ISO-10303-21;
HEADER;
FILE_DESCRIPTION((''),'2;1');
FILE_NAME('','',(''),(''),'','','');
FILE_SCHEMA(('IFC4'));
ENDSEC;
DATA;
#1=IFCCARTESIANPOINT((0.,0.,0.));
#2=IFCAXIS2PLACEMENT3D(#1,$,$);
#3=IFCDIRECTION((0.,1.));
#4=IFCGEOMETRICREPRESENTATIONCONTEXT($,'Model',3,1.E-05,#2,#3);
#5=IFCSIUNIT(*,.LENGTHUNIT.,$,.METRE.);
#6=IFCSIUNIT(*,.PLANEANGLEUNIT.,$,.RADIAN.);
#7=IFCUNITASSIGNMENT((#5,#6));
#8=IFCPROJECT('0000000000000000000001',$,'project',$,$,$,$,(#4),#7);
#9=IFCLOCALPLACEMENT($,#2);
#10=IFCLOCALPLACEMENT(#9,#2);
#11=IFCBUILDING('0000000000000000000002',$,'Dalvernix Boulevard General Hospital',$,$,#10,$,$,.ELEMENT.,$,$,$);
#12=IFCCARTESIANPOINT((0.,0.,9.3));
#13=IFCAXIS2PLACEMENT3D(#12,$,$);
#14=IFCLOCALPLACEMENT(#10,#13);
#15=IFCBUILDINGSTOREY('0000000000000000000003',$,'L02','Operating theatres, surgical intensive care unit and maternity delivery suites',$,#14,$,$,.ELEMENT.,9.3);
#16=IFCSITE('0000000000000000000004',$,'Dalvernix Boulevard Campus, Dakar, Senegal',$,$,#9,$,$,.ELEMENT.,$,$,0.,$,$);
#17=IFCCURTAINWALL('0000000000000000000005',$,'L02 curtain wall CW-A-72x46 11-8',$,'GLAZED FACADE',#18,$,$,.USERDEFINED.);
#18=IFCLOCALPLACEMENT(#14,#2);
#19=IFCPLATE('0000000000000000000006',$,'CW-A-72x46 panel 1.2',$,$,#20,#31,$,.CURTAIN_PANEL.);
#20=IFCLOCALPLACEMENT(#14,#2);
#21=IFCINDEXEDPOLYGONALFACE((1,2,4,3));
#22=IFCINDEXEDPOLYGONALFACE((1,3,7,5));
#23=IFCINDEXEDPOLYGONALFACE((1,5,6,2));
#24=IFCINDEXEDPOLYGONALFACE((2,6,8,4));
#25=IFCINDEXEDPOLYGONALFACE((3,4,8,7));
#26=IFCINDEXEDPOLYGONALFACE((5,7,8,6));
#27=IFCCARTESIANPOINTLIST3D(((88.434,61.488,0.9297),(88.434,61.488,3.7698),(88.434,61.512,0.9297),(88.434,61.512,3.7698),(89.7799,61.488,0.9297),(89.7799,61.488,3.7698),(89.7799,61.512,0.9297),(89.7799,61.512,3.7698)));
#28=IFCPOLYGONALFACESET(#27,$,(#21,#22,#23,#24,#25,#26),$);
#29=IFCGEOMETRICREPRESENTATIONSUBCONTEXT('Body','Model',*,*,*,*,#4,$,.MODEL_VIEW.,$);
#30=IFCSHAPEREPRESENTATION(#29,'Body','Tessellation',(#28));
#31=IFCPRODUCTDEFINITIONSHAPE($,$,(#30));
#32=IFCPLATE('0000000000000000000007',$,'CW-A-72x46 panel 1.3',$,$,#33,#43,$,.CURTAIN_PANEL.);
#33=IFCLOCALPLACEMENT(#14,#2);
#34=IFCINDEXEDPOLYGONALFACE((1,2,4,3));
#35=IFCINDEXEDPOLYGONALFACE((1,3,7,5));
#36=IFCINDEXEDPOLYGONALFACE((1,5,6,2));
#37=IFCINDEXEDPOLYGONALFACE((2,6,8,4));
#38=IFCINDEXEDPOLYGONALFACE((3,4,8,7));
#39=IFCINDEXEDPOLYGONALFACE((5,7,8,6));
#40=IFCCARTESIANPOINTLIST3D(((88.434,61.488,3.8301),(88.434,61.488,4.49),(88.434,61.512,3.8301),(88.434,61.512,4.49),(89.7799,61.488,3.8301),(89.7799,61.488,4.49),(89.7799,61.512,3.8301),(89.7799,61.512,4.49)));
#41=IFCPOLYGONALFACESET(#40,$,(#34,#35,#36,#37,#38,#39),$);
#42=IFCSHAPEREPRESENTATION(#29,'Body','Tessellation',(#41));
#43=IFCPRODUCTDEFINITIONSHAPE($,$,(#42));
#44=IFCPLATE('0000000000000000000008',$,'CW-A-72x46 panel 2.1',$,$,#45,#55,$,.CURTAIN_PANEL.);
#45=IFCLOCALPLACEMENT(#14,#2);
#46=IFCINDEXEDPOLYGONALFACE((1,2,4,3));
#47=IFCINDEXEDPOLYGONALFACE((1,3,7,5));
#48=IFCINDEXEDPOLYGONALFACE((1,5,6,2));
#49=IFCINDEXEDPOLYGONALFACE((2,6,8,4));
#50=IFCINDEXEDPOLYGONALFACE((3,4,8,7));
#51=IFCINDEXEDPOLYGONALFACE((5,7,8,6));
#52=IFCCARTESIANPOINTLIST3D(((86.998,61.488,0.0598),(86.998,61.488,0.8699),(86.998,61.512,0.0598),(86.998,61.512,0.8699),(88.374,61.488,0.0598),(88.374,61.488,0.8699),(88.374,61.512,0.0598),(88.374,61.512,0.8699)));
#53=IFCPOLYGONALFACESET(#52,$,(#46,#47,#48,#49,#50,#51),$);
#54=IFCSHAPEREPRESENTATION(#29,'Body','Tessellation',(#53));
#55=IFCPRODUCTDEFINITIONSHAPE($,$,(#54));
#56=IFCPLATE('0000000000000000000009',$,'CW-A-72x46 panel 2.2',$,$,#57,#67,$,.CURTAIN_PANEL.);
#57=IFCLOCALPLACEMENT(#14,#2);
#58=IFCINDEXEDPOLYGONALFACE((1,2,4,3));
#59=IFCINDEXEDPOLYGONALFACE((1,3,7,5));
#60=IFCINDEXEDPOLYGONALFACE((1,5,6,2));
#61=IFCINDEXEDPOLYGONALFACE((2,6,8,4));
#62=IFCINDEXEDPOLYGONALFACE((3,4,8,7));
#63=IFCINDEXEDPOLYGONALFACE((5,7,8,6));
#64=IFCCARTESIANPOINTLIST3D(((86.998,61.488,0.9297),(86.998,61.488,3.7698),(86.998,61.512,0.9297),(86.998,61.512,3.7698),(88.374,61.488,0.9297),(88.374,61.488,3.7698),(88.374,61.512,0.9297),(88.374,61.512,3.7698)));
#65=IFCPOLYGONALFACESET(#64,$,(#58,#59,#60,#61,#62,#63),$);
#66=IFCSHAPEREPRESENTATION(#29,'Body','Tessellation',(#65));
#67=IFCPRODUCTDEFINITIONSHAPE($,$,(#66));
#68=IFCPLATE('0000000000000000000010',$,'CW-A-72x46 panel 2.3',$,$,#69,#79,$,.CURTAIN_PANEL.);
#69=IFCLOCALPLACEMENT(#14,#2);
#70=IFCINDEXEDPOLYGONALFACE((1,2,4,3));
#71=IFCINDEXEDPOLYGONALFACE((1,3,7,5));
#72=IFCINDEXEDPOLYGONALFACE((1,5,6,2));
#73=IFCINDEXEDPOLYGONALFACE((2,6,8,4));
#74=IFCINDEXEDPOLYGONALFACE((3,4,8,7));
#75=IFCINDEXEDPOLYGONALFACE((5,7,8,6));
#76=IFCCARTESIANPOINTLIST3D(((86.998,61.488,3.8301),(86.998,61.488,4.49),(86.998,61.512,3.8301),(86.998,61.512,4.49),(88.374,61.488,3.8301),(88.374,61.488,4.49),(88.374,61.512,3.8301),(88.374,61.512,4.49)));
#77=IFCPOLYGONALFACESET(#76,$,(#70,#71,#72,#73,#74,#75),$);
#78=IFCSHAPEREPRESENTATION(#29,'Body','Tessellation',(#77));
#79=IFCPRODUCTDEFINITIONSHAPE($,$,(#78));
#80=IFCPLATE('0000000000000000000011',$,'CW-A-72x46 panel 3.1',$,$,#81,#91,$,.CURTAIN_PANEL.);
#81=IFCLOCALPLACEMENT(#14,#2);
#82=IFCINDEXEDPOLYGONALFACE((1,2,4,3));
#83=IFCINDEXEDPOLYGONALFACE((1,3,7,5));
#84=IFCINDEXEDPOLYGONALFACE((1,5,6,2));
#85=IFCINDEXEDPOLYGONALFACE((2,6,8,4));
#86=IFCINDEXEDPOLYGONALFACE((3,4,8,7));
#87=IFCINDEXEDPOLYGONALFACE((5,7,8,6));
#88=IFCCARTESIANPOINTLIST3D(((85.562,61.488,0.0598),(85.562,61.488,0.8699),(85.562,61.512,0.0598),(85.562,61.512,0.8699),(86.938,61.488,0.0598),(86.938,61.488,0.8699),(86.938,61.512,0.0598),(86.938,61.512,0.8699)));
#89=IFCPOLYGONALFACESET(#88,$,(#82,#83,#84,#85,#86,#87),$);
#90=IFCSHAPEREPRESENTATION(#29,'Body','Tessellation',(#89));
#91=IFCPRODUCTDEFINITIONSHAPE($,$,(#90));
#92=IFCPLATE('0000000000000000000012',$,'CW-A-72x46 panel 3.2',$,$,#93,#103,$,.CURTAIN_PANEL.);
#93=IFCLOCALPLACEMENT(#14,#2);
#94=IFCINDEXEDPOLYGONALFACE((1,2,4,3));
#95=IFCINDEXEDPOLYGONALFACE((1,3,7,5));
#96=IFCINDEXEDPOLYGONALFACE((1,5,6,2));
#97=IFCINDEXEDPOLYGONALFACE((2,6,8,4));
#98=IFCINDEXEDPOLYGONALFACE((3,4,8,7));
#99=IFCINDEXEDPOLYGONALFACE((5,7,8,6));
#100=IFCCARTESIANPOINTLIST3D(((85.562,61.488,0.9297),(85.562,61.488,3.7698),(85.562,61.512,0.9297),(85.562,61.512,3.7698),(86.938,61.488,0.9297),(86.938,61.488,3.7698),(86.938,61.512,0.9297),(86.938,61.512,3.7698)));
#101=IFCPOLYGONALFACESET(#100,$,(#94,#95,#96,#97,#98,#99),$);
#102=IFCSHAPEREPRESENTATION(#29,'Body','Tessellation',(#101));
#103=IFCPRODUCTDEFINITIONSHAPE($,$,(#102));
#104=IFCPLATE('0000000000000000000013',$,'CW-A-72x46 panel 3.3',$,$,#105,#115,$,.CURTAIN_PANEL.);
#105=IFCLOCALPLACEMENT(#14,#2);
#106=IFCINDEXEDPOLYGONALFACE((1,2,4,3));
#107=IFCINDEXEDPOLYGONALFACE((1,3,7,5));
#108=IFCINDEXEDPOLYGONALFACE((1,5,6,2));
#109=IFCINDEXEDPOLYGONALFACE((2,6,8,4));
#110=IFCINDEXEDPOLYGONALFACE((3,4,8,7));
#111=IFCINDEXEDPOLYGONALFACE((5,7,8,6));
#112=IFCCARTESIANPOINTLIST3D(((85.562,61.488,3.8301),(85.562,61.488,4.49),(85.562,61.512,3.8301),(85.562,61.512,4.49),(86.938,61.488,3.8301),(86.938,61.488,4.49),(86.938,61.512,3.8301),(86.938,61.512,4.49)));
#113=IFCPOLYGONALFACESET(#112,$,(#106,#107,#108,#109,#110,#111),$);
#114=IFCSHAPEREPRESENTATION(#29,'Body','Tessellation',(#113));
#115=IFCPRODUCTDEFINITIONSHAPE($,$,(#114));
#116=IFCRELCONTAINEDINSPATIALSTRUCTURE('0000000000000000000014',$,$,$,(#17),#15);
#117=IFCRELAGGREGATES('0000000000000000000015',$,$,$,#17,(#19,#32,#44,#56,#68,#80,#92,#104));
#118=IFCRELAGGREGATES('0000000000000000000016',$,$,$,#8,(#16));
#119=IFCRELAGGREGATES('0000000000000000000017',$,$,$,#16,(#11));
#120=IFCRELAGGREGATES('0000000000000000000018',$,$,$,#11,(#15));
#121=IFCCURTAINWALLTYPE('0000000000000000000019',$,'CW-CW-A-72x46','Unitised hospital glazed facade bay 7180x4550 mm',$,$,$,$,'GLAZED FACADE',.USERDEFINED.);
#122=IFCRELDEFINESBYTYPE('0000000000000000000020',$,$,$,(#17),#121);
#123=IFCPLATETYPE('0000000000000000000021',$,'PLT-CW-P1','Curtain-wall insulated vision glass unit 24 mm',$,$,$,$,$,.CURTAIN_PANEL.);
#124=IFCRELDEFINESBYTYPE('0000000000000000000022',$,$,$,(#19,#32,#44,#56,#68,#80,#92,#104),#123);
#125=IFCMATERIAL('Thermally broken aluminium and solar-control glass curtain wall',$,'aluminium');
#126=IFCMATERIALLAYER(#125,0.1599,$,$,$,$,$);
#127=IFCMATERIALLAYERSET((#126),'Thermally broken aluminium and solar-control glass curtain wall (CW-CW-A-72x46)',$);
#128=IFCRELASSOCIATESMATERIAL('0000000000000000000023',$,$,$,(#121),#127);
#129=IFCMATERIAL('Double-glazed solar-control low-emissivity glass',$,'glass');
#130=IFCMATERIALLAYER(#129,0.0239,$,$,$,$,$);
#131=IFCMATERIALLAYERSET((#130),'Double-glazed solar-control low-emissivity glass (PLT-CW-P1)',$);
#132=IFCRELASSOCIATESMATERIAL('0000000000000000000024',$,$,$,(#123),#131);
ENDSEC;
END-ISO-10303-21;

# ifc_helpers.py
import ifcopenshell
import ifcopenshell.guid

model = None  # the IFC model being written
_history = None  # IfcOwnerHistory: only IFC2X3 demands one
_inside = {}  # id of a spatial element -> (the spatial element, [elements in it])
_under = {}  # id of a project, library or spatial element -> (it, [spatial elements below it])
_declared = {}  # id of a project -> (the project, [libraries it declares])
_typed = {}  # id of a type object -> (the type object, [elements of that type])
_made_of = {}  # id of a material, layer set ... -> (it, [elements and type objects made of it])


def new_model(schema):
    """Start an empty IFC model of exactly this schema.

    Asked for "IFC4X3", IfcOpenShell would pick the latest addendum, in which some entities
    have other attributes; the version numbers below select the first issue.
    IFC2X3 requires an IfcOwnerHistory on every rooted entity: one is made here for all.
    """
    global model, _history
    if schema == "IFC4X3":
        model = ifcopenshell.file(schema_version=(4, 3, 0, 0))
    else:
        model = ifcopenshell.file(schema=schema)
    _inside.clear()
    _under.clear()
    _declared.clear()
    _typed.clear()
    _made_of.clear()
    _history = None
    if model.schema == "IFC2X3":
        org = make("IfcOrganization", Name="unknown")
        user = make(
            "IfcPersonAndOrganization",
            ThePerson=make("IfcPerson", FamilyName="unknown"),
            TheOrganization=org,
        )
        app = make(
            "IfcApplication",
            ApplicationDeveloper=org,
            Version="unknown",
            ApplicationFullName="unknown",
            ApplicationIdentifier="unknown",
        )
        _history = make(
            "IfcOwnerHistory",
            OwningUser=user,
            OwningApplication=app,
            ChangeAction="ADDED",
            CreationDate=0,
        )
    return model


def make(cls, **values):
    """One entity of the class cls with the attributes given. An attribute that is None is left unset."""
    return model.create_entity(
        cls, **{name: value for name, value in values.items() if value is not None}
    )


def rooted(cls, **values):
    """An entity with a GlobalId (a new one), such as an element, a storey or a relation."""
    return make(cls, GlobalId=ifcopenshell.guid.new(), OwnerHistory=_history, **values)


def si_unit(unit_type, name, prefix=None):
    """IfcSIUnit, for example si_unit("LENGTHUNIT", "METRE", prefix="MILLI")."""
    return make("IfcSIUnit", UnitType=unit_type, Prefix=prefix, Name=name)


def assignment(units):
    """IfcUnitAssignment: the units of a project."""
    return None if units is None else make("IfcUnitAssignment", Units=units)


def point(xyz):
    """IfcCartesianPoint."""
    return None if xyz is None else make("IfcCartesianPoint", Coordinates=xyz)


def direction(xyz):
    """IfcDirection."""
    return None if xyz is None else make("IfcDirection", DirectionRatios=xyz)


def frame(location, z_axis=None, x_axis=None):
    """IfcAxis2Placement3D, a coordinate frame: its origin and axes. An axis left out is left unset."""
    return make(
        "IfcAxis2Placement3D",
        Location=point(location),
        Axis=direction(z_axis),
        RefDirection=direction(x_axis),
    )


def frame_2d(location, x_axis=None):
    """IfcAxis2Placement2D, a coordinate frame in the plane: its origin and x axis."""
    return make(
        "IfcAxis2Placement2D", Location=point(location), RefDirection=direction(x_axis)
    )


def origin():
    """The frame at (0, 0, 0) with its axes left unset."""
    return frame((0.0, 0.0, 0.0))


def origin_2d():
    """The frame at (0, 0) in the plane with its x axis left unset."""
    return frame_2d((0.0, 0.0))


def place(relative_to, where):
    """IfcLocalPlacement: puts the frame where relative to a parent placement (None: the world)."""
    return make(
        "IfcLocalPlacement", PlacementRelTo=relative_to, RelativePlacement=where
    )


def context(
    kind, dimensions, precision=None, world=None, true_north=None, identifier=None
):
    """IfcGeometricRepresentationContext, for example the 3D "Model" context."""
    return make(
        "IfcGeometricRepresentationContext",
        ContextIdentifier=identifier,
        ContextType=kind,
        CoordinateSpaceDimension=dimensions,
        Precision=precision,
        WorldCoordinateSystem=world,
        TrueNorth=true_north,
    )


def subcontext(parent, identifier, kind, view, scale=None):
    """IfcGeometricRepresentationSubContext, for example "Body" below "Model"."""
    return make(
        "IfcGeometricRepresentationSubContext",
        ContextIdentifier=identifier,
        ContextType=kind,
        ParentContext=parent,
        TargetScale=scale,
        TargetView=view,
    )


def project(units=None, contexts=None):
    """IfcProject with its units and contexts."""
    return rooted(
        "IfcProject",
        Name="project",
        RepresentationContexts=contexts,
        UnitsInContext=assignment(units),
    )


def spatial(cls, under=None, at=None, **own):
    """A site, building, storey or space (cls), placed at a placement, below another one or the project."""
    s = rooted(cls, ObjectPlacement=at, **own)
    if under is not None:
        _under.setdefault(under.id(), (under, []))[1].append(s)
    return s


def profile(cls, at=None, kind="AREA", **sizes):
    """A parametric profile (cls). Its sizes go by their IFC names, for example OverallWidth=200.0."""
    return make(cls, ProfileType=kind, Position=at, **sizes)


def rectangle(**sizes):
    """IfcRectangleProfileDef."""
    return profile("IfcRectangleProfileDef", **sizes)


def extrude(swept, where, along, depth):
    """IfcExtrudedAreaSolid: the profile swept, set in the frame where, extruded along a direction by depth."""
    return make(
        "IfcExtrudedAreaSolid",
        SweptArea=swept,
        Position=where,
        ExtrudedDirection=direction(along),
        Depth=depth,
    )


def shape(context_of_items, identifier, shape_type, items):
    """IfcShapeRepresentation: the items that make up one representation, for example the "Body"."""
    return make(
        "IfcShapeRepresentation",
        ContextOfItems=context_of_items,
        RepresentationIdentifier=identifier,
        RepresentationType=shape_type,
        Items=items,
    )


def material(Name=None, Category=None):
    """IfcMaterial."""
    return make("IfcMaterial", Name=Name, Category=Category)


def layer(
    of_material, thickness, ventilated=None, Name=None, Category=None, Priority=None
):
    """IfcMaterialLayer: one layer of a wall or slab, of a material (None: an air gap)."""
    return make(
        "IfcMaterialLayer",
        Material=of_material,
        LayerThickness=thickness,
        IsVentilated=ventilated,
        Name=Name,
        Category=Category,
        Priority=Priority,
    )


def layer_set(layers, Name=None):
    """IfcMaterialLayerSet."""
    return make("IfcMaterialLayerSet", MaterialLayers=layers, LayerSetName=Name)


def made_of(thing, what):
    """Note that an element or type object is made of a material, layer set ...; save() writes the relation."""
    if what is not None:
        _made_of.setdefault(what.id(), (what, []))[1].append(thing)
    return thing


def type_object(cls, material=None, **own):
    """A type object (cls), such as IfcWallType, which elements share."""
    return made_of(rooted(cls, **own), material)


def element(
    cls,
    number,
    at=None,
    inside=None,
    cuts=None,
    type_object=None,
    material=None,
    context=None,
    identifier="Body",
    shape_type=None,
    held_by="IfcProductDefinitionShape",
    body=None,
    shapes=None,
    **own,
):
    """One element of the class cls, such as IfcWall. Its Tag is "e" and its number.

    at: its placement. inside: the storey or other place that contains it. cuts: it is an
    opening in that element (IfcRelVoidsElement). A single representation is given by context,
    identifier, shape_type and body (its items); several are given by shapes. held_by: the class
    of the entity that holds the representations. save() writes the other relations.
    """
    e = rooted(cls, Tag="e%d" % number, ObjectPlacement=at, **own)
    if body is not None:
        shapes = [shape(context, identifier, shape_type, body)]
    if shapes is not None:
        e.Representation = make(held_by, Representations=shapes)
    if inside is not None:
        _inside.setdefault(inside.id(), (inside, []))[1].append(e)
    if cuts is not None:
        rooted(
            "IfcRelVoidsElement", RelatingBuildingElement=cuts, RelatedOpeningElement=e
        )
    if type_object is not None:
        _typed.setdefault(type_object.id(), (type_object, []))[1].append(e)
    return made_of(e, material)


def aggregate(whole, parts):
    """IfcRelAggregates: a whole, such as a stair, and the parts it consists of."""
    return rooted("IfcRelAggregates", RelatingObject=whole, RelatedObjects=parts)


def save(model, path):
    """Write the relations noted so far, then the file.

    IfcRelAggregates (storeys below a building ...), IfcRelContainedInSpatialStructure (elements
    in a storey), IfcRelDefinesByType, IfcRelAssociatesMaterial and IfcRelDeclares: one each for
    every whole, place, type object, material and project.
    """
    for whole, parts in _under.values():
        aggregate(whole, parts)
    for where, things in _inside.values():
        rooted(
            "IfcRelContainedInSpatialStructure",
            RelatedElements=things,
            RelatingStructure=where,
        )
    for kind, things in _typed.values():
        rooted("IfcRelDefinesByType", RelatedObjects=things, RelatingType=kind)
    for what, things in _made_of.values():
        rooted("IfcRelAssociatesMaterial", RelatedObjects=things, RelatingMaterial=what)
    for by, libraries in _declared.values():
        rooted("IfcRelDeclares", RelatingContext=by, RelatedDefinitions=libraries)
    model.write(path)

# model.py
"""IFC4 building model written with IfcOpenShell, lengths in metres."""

from ifc_helpers import new_model, si_unit, direction, frame, origin, origin_2d, place, context, subcontext, project, spatial, rectangle, extrude, material, layer, layer_set, type_object, element, aggregate, save


model = new_model("IFC4")

# Units and contexts
model_context = context("Model", 3, precision=1e-05, world=origin(), true_north=direction((0.0, 1.0)))
body_context = subcontext(model_context, "Body", "Model", "MODEL_VIEW")
ifc_project = project(units=[si_unit("LENGTHUNIT", "METRE"), si_unit("PLANEANGLEUNIT", "RADIAN")], contexts=[model_context])

# Site, building, storey
site_placement = place(None, origin())
site = spatial("IfcSite", under=ifc_project, at=site_placement, Name="Dalvernix Boulevard Campus, Dakar, Senegal", CompositionType="ELEMENT", RefElevation=0.0)
building_placement = place(site_placement, origin())
building = spatial("IfcBuilding", under=site, at=building_placement, Name="Dalvernix Boulevard General Hospital", CompositionType="ELEMENT")
storey_placement = place(building_placement, frame((0.0, 0.0, 9.3)))
storey = spatial("IfcBuildingStorey", under=building, at=storey_placement, Name="L02", Description="Operating theatres, surgical intensive care unit and maternity delivery suites", CompositionType="ELEMENT", Elevation=9.3)

# Curtain wall, plates
ifc_material_1 = material(Name="Thermally broken aluminium and solar-control glass curtain wall", Category="aluminium")
ifc_layer_1 = layer(ifc_material_1, 0.1599)
ifc_layer_set_1 = layer_set([ifc_layer_1], Name="Thermally broken aluminium and solar-control glass curtain wall (CW-CW-A-72x46)")
curtain_wall_type = type_object("IfcCurtainWallType", Name="CW-CW-A-72x46", Description="Unitised hospital glazed facade bay 7180x4550 mm", ElementType="GLAZED FACADE", PredefinedType="USERDEFINED", material=ifc_layer_set_1)
curtain_wall_placement = place(storey_placement, origin())
curtain_wall = element("IfcCurtainWall", 1, at=curtain_wall_placement, inside=storey, type_object=curtain_wall_type, Name="L02 curtain wall CW-A-72x46 11-8", ObjectType="GLAZED FACADE", PredefinedType="USERDEFINED")
ifc_material_2 = material(Name="Double-glazed solar-control low-emissivity glass", Category="glass")
ifc_layer_2 = layer(ifc_material_2, 0.0239)
ifc_layer_set_2 = layer_set([ifc_layer_2], Name="Double-glazed solar-control low-emissivity glass (PLT-CW-P1)")
plate_type = type_object("IfcPlateType", Name="PLT-CW-P1", Description="Curtain-wall insulated vision glass unit 24 mm", PredefinedType="CURTAIN_PANEL", material=ifc_layer_set_2)
plate_1_placement = place(storey_placement, frame((89.1069, 61.5, 0.9297), z_axis=(0.0, 0.0, 1.0), x_axis=(-1.0, 0.0, 0.0)))
plate_1 = element("IfcPlate", 2, at=plate_1_placement, type_object=plate_type, Name="CW-A-72x46 panel 1.2", PredefinedType="CURTAIN_PANEL", context=body_context, shape_type="SweptSolid", body=[
    extrude(rectangle(XDim=1.3459, YDim=0.0239, at=origin_2d()), origin(), (0.0, 0.0, 1.0), 2.8401),
])
plate_2_placement = place(storey_placement, frame((89.1069, 61.5, 3.8301), z_axis=(0.0, 0.0, 1.0), x_axis=(-1.0, 0.0, 0.0)))
plate_2 = element("IfcPlate", 3, at=plate_2_placement, type_object=plate_type, Name="CW-A-72x46 panel 1.3", PredefinedType="CURTAIN_PANEL", context=body_context, shape_type="SweptSolid", body=[
    extrude(rectangle(XDim=1.3459, YDim=0.0239, at=origin_2d()), origin(), (0.0, 0.0, 1.0), 0.6599),
])
plate_3_placement = place(storey_placement, frame((87.686, 61.5, 0.0598), z_axis=(0.0, 0.0, 1.0), x_axis=(-1.0, 0.0, 0.0)))
plate_3 = element("IfcPlate", 4, at=plate_3_placement, type_object=plate_type, Name="CW-A-72x46 panel 2.1", PredefinedType="CURTAIN_PANEL", context=body_context, shape_type="SweptSolid", body=[
    extrude(rectangle(XDim=1.376, YDim=0.0239, at=origin_2d()), origin(), (0.0, 0.0, 1.0), 0.8101),
])
plate_4_placement = place(storey_placement, frame((87.686, 61.5, 0.9297), z_axis=(0.0, 0.0, 1.0), x_axis=(-1.0, 0.0, 0.0)))
plate_4 = element("IfcPlate", 5, at=plate_4_placement, type_object=plate_type, Name="CW-A-72x46 panel 2.2", PredefinedType="CURTAIN_PANEL", context=body_context, shape_type="SweptSolid", body=[
    extrude(rectangle(XDim=1.376, YDim=0.0239, at=origin_2d()), origin(), (0.0, 0.0, 1.0), 2.8401),
])
plate_5_placement = place(storey_placement, frame((87.686, 61.5, 3.8301), z_axis=(0.0, 0.0, 1.0), x_axis=(-1.0, 0.0, 0.0)))
plate_5 = element("IfcPlate", 6, at=plate_5_placement, type_object=plate_type, Name="CW-A-72x46 panel 2.3", PredefinedType="CURTAIN_PANEL", context=body_context, shape_type="SweptSolid", body=[
    extrude(rectangle(XDim=1.376, YDim=0.0239, at=origin_2d()), origin(), (0.0, 0.0, 1.0), 0.6599),
])
plate_6_placement = place(storey_placement, frame((86.25, 61.5, 0.0598), z_axis=(0.0, 0.0, 1.0), x_axis=(-1.0, 0.0, 0.0)))
plate_6 = element("IfcPlate", 7, at=plate_6_placement, type_object=plate_type, Name="CW-A-72x46 panel 3.1", PredefinedType="CURTAIN_PANEL", context=body_context, shape_type="SweptSolid", body=[
    extrude(rectangle(XDim=1.376, YDim=0.0239, at=origin_2d()), origin(), (0.0, 0.0, 1.0), 0.8101),
])
plate_7_placement = place(storey_placement, frame((86.25, 61.5, 0.9297), z_axis=(0.0, 0.0, 1.0), x_axis=(-1.0, 0.0, 0.0)))
plate_7 = element("IfcPlate", 8, at=plate_7_placement, type_object=plate_type, Name="CW-A-72x46 panel 3.2", PredefinedType="CURTAIN_PANEL", context=body_context, shape_type="SweptSolid", body=[
    extrude(rectangle(XDim=1.376, YDim=0.0239, at=origin_2d()), origin(), (0.0, 0.0, 1.0), 2.8401),
])
plate_8_placement = place(storey_placement, frame((86.25, 61.5, 3.8301), z_axis=(0.0, 0.0, 1.0), x_axis=(-1.0, 0.0, 0.0)))
plate_8 = element("IfcPlate", 9, at=plate_8_placement, type_object=plate_type, Name="CW-A-72x46 panel 3.3", PredefinedType="CURTAIN_PANEL", context=body_context, shape_type="SweptSolid", body=[
    extrude(rectangle(XDim=1.376, YDim=0.0239, at=origin_2d()), origin(), (0.0, 0.0, 1.0), 0.6599),
])
aggregate(curtain_wall, [plate_1, plate_2, plate_3, plate_4, plate_5, plate_6, plate_7, plate_8])

save(model, "model.ifc")
